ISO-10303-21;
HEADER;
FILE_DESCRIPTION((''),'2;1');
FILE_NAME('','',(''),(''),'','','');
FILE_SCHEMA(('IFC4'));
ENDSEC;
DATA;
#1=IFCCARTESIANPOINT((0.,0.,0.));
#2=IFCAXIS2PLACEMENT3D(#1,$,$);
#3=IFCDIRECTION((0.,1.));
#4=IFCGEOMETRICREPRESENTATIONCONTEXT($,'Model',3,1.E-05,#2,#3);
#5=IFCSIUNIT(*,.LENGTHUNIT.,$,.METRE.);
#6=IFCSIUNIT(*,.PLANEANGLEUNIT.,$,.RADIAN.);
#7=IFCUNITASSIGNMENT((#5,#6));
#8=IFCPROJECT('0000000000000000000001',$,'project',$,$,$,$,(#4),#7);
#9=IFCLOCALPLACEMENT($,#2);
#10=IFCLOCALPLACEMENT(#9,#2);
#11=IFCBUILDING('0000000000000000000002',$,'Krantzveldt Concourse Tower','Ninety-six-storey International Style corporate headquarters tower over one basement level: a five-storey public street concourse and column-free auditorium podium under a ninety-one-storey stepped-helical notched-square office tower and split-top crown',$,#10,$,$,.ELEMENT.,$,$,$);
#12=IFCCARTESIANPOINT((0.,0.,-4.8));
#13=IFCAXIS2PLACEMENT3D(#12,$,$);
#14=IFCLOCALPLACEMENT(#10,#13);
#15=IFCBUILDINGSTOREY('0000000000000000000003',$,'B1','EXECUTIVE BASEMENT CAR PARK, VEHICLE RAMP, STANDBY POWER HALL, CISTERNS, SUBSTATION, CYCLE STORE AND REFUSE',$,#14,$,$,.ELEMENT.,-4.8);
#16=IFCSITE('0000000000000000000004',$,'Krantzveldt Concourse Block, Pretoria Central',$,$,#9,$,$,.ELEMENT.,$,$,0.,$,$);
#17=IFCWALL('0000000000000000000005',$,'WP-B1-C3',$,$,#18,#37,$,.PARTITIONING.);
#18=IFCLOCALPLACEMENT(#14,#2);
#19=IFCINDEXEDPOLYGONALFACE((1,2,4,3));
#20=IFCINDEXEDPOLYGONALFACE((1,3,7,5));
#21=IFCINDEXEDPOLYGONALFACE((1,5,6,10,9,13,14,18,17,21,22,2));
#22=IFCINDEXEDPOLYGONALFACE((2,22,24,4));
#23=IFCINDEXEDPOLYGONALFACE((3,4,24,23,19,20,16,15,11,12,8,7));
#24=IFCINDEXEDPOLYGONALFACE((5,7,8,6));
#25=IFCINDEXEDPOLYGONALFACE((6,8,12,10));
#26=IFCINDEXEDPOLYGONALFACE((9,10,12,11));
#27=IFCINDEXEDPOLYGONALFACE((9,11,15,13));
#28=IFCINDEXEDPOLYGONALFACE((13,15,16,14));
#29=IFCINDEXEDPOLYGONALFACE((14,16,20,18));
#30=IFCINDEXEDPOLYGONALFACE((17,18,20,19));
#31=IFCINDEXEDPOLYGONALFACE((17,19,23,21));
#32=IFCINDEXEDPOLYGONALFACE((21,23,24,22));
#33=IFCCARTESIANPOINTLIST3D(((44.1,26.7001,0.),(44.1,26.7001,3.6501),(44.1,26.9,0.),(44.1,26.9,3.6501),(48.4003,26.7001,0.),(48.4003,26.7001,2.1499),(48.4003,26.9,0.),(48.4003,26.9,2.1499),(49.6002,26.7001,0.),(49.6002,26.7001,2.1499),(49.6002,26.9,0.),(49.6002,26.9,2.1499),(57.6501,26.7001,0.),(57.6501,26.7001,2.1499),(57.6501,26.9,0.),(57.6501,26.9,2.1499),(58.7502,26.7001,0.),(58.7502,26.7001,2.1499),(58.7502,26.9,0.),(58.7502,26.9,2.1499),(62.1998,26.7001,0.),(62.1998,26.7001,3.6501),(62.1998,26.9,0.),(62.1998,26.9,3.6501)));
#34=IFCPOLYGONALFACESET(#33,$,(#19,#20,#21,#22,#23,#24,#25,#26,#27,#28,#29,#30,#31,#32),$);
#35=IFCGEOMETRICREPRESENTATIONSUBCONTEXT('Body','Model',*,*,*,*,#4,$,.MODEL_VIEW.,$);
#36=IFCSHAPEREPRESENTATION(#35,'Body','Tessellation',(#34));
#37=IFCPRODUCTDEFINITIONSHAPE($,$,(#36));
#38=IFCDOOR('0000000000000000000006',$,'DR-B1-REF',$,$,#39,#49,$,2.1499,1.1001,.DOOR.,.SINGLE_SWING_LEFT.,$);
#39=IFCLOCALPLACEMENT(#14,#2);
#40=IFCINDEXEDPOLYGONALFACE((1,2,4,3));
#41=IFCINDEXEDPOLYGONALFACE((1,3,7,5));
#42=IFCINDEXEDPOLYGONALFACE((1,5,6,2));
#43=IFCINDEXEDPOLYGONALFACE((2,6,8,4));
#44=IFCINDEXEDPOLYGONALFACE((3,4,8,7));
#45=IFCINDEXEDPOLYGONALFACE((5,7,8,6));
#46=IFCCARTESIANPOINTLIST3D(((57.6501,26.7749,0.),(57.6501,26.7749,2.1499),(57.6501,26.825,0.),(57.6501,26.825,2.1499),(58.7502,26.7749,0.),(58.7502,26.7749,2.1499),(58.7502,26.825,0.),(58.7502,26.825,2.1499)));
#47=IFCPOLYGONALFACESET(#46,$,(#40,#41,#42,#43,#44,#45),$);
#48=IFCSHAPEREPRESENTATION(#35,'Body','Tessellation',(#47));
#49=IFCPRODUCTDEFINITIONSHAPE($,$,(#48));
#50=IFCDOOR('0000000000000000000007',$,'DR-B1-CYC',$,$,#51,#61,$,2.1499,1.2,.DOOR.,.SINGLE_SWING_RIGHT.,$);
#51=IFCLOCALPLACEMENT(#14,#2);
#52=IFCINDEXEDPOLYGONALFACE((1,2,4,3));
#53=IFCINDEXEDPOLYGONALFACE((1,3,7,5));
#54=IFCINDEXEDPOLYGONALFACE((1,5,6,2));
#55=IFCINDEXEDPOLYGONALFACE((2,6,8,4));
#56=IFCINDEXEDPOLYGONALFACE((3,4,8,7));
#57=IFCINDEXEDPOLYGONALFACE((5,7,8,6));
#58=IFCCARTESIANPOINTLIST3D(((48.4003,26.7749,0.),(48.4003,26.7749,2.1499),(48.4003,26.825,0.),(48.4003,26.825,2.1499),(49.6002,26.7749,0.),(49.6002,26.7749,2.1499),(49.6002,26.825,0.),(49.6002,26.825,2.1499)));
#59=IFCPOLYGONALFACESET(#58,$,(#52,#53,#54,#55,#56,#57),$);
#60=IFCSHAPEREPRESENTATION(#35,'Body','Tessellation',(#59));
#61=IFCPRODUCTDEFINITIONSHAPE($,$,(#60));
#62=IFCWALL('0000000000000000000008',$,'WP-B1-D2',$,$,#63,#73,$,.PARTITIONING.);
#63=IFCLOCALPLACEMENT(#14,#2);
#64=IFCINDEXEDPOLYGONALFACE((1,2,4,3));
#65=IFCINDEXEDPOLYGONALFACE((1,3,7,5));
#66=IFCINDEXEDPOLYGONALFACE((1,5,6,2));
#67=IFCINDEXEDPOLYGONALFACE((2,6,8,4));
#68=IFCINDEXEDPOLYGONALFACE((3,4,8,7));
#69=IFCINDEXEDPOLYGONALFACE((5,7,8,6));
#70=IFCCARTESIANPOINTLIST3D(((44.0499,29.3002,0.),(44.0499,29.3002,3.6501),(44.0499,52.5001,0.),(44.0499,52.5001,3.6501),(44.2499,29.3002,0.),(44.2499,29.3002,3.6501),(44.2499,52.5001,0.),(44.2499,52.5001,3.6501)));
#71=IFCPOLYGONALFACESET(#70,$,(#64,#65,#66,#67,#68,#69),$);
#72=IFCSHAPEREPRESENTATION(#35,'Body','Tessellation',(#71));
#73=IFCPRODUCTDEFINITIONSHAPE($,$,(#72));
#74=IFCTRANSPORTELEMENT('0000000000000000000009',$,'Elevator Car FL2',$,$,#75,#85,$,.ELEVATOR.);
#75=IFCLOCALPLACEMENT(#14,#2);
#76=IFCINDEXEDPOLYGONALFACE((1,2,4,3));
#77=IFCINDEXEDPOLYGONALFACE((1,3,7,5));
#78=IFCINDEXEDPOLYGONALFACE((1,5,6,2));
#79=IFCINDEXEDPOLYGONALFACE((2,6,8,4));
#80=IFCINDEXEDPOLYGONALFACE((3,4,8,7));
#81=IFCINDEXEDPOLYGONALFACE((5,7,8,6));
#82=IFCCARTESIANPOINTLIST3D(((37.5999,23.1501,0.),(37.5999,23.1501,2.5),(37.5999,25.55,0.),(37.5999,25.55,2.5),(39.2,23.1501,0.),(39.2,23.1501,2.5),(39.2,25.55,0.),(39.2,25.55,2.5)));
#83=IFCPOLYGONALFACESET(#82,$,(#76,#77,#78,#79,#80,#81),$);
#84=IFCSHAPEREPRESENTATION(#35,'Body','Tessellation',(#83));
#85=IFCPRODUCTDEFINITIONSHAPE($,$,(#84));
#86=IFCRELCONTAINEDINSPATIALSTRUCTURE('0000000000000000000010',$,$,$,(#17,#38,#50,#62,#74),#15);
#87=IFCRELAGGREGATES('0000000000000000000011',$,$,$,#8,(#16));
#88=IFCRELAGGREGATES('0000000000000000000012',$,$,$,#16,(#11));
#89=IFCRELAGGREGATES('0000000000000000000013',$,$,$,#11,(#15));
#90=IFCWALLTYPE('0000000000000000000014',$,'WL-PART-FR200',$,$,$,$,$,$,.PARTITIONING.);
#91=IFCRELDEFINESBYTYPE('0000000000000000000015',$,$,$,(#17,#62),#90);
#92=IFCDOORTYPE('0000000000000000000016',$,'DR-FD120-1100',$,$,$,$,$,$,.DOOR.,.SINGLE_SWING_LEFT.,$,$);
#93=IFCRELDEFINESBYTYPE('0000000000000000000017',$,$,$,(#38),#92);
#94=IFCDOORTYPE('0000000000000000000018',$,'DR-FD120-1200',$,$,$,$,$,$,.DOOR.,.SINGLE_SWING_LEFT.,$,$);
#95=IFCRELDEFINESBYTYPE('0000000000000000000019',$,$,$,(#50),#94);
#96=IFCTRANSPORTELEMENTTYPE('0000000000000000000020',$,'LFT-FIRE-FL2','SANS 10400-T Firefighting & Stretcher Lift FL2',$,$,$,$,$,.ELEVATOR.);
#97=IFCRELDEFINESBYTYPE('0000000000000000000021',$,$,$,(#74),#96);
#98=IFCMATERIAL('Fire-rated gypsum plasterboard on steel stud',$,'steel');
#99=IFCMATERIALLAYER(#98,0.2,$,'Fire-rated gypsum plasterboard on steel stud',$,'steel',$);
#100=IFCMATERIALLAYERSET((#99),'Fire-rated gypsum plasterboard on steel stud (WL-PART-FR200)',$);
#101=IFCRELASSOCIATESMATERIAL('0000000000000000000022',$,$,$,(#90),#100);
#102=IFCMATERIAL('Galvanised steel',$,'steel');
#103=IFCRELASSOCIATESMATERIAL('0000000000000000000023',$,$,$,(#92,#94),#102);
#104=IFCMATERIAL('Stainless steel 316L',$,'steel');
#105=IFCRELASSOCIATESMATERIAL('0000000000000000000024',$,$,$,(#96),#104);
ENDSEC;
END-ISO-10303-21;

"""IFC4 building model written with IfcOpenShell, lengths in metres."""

from ifc_helpers import new_model, si_unit, direction, frame, frame_2d, origin, origin_2d, place, context, subcontext, project, spatial, rectangle, extrude, source, transform, mapped, material, layer, layer_set, type_object, type_shapes, element, fill, save


model = new_model("IFC4")

# Units and contexts
model_context = context("Model", 3, precision=1e-05, world=origin(), true_north=direction((0.0, 1.0)))
body_context = subcontext(model_context, "Body", "Model", "MODEL_VIEW")
ifc_project = project(units=[si_unit("LENGTHUNIT", "METRE"), si_unit("PLANEANGLEUNIT", "RADIAN")], contexts=[model_context])

# Site, building, storey
site_placement = place(None, origin())
site = spatial("IfcSite", under=ifc_project, at=site_placement, Name="Krantzveldt Concourse Block, Pretoria Central", CompositionType="ELEMENT", RefElevation=0.0)
building_placement = place(site_placement, origin())
building = spatial("IfcBuilding", under=site, at=building_placement, Name="Krantzveldt Concourse Tower", Description="Ninety-six-storey International Style corporate headquarters tower over one basement level: a five-storey public street concourse and column-free auditorium podium under a ninety-one-storey stepped-helical notched-square office tower and split-top crown", CompositionType="ELEMENT")
storey_placement = place(building_placement, frame((0.0, 0.0, -4.8)))
storey = spatial("IfcBuildingStorey", under=building, at=storey_placement, Name="B1", Description="EXECUTIVE BASEMENT CAR PARK, VEHICLE RAMP, STANDBY POWER HALL, CISTERNS, SUBSTATION, CYCLE STORE AND REFUSE", CompositionType="ELEMENT", Elevation=-4.8)

# Wall, openings, doors
ifc_material_1 = material(Name="Fire-rated gypsum plasterboard on steel stud", Category="steel")
ifc_layer = layer(ifc_material_1, 0.2, Name="Fire-rated gypsum plasterboard on steel stud", Category="steel")
ifc_layer_set = layer_set([ifc_layer], Name="Fire-rated gypsum plasterboard on steel stud (WL-PART-FR200)")
wall_type = type_object("IfcWallType", Name="WL-PART-FR200", PredefinedType="PARTITIONING", material=ifc_layer_set)
wall_1_placement = place(storey_placement, frame((44.1001, 26.8, 0.0), z_axis=(0.0, 0.0, 1.0), x_axis=(1.0, 0.0, 0.0)))
wall_1 = element("IfcWall", 1, at=wall_1_placement, inside=storey, type_object=wall_type, Name="WP-B1-C3", PredefinedType="PARTITIONING", context=body_context, shape_type="SweptSolid", body=[
    extrude(rectangle(XDim=18.0999, YDim=0.2, at=frame_2d((9.0498, 0.0))), origin(), (0.0, 0.0, 1.0), 3.6501),
])
opening_1_placement = place(wall_1_placement, frame((4.3, 0.0, 0.0)))
opening_1 = element("IfcOpeningElement", 2, at=opening_1_placement, cuts=wall_1, PredefinedType="OPENING", context=body_context, shape_type="SweptSolid", body=[
    extrude(rectangle(XDim=1.2, YDim=2.1499, at=frame_2d((0.6001, 1.075))), frame((0.0, 0.1099, 0.0), z_axis=(0.0, -1.0, 0.0), x_axis=(1.0, 0.0, 0.0)), (0.0, 0.0, 1.0), 0.22),
])
opening_2_placement = place(wall_1_placement, frame((13.55, 0.0, 0.0)))
opening_2 = element("IfcOpeningElement", 3, at=opening_2_placement, cuts=wall_1, PredefinedType="OPENING", context=body_context, shape_type="SweptSolid", body=[
    extrude(rectangle(XDim=1.1001, YDim=2.1499, at=frame_2d((0.55, 1.075))), frame((0.0, 0.1099, 0.0), z_axis=(0.0, -1.0, 0.0), x_axis=(1.0, 0.0, 0.0)), (0.0, 0.0, 1.0), 0.22),
])
ifc_material_2 = material(Name="Galvanised steel", Category="steel")
door_type_1 = type_object("IfcDoorType", Name="DR-FD120-1100", OperationType="SINGLE_SWING_LEFT", PredefinedType="DOOR", material=ifc_material_2)
door_1_placement = place(opening_2_placement, origin())
door_1 = element("IfcDoor", 4, at=door_1_placement, inside=storey, type_object=door_type_1, Name="DR-B1-REF", OperationType="SINGLE_SWING_LEFT", OverallHeight=2.1499, OverallWidth=1.1001, PredefinedType="DOOR", context=body_context, shape_type="SweptSolid", body=[
    extrude(rectangle(XDim=1.1001, YDim=2.1499, at=frame_2d((0.55, 1.075))), frame((0.0, 0.0249, 0.0), z_axis=(0.0, -1.0, 0.0), x_axis=(1.0, 0.0, 0.0)), (0.0, 0.0, 1.0), 0.05),
])
fill(opening_2, door_1)
door_type_2 = type_object("IfcDoorType", Name="DR-FD120-1200", OperationType="SINGLE_SWING_LEFT", PredefinedType="DOOR", material=ifc_material_2)
door_2_placement = place(opening_1_placement, origin())
door_2 = element("IfcDoor", 5, at=door_2_placement, inside=storey, type_object=door_type_2, Name="DR-B1-CYC", OperationType="SINGLE_SWING_RIGHT", OverallHeight=2.1499, OverallWidth=1.2, PredefinedType="DOOR", context=body_context, shape_type="SweptSolid", body=[
    extrude(rectangle(XDim=1.2, YDim=2.1499, at=frame_2d((0.6001, 1.075))), frame((0.0, 0.0249, 0.0), z_axis=(0.0, -1.0, 0.0), x_axis=(1.0, 0.0, 0.0)), (0.0, 0.0, 1.0), 0.05),
])
fill(opening_1, door_2)

# Wall
wall_2_placement = place(storey_placement, frame((44.1499, 29.3, 0.0), z_axis=(0.0, 0.0, 1.0), x_axis=(0.0, 1.0, 0.0)))
element("IfcWall", 6, at=wall_2_placement, inside=storey, type_object=wall_type, Name="WP-B1-D2", PredefinedType="PARTITIONING", context=body_context, shape_type="SweptSolid", body=[
    extrude(rectangle(XDim=23.2, YDim=0.2, at=frame_2d((11.6001, 0.0))), origin(), (0.0, 0.0, 1.0), 3.6501),
])

# Transport element
ifc_material_3 = material(Name="Stainless steel 316L", Category="steel")
transport_element_type = type_object("IfcTransportElementType", Name="LFT-FIRE-FL2", Description="SANS 10400-T Firefighting & Stretcher Lift FL2", PredefinedType="ELEVATOR", material=ifc_material_3)
shared_shape_1 = source(origin(), body_context, "Body", "SweptSolid", [
    extrude(rectangle(XDim=1.6001, YDim=2.3999, at=origin_2d()), origin(), (0.0, 0.0, 1.0), 2.5),
])
type_shapes(transport_element_type, [shared_shape_1])
transport_element_placement = place(storey_placement, frame((38.3999, 24.3501, 0.0), z_axis=(0.0, 0.0, 1.0), x_axis=(1.0, 0.0, 0.0)))
element("IfcTransportElement", 7, at=transport_element_placement, inside=storey, type_object=transport_element_type, Name="Elevator Car FL2", PredefinedType="ELEVATOR", context=body_context, shape_type="MappedRepresentation", body=[
    mapped(shared_shape_1, transform((0.0, 0.0, 0.0), x_axis=(1.0, 0.0, 0.0), y_axis=(0.0, 1.0, 0.0), z_axis=(0.0, 0.0, 1.0), scale=1.0)),
])

save(model, "model.ifc")
